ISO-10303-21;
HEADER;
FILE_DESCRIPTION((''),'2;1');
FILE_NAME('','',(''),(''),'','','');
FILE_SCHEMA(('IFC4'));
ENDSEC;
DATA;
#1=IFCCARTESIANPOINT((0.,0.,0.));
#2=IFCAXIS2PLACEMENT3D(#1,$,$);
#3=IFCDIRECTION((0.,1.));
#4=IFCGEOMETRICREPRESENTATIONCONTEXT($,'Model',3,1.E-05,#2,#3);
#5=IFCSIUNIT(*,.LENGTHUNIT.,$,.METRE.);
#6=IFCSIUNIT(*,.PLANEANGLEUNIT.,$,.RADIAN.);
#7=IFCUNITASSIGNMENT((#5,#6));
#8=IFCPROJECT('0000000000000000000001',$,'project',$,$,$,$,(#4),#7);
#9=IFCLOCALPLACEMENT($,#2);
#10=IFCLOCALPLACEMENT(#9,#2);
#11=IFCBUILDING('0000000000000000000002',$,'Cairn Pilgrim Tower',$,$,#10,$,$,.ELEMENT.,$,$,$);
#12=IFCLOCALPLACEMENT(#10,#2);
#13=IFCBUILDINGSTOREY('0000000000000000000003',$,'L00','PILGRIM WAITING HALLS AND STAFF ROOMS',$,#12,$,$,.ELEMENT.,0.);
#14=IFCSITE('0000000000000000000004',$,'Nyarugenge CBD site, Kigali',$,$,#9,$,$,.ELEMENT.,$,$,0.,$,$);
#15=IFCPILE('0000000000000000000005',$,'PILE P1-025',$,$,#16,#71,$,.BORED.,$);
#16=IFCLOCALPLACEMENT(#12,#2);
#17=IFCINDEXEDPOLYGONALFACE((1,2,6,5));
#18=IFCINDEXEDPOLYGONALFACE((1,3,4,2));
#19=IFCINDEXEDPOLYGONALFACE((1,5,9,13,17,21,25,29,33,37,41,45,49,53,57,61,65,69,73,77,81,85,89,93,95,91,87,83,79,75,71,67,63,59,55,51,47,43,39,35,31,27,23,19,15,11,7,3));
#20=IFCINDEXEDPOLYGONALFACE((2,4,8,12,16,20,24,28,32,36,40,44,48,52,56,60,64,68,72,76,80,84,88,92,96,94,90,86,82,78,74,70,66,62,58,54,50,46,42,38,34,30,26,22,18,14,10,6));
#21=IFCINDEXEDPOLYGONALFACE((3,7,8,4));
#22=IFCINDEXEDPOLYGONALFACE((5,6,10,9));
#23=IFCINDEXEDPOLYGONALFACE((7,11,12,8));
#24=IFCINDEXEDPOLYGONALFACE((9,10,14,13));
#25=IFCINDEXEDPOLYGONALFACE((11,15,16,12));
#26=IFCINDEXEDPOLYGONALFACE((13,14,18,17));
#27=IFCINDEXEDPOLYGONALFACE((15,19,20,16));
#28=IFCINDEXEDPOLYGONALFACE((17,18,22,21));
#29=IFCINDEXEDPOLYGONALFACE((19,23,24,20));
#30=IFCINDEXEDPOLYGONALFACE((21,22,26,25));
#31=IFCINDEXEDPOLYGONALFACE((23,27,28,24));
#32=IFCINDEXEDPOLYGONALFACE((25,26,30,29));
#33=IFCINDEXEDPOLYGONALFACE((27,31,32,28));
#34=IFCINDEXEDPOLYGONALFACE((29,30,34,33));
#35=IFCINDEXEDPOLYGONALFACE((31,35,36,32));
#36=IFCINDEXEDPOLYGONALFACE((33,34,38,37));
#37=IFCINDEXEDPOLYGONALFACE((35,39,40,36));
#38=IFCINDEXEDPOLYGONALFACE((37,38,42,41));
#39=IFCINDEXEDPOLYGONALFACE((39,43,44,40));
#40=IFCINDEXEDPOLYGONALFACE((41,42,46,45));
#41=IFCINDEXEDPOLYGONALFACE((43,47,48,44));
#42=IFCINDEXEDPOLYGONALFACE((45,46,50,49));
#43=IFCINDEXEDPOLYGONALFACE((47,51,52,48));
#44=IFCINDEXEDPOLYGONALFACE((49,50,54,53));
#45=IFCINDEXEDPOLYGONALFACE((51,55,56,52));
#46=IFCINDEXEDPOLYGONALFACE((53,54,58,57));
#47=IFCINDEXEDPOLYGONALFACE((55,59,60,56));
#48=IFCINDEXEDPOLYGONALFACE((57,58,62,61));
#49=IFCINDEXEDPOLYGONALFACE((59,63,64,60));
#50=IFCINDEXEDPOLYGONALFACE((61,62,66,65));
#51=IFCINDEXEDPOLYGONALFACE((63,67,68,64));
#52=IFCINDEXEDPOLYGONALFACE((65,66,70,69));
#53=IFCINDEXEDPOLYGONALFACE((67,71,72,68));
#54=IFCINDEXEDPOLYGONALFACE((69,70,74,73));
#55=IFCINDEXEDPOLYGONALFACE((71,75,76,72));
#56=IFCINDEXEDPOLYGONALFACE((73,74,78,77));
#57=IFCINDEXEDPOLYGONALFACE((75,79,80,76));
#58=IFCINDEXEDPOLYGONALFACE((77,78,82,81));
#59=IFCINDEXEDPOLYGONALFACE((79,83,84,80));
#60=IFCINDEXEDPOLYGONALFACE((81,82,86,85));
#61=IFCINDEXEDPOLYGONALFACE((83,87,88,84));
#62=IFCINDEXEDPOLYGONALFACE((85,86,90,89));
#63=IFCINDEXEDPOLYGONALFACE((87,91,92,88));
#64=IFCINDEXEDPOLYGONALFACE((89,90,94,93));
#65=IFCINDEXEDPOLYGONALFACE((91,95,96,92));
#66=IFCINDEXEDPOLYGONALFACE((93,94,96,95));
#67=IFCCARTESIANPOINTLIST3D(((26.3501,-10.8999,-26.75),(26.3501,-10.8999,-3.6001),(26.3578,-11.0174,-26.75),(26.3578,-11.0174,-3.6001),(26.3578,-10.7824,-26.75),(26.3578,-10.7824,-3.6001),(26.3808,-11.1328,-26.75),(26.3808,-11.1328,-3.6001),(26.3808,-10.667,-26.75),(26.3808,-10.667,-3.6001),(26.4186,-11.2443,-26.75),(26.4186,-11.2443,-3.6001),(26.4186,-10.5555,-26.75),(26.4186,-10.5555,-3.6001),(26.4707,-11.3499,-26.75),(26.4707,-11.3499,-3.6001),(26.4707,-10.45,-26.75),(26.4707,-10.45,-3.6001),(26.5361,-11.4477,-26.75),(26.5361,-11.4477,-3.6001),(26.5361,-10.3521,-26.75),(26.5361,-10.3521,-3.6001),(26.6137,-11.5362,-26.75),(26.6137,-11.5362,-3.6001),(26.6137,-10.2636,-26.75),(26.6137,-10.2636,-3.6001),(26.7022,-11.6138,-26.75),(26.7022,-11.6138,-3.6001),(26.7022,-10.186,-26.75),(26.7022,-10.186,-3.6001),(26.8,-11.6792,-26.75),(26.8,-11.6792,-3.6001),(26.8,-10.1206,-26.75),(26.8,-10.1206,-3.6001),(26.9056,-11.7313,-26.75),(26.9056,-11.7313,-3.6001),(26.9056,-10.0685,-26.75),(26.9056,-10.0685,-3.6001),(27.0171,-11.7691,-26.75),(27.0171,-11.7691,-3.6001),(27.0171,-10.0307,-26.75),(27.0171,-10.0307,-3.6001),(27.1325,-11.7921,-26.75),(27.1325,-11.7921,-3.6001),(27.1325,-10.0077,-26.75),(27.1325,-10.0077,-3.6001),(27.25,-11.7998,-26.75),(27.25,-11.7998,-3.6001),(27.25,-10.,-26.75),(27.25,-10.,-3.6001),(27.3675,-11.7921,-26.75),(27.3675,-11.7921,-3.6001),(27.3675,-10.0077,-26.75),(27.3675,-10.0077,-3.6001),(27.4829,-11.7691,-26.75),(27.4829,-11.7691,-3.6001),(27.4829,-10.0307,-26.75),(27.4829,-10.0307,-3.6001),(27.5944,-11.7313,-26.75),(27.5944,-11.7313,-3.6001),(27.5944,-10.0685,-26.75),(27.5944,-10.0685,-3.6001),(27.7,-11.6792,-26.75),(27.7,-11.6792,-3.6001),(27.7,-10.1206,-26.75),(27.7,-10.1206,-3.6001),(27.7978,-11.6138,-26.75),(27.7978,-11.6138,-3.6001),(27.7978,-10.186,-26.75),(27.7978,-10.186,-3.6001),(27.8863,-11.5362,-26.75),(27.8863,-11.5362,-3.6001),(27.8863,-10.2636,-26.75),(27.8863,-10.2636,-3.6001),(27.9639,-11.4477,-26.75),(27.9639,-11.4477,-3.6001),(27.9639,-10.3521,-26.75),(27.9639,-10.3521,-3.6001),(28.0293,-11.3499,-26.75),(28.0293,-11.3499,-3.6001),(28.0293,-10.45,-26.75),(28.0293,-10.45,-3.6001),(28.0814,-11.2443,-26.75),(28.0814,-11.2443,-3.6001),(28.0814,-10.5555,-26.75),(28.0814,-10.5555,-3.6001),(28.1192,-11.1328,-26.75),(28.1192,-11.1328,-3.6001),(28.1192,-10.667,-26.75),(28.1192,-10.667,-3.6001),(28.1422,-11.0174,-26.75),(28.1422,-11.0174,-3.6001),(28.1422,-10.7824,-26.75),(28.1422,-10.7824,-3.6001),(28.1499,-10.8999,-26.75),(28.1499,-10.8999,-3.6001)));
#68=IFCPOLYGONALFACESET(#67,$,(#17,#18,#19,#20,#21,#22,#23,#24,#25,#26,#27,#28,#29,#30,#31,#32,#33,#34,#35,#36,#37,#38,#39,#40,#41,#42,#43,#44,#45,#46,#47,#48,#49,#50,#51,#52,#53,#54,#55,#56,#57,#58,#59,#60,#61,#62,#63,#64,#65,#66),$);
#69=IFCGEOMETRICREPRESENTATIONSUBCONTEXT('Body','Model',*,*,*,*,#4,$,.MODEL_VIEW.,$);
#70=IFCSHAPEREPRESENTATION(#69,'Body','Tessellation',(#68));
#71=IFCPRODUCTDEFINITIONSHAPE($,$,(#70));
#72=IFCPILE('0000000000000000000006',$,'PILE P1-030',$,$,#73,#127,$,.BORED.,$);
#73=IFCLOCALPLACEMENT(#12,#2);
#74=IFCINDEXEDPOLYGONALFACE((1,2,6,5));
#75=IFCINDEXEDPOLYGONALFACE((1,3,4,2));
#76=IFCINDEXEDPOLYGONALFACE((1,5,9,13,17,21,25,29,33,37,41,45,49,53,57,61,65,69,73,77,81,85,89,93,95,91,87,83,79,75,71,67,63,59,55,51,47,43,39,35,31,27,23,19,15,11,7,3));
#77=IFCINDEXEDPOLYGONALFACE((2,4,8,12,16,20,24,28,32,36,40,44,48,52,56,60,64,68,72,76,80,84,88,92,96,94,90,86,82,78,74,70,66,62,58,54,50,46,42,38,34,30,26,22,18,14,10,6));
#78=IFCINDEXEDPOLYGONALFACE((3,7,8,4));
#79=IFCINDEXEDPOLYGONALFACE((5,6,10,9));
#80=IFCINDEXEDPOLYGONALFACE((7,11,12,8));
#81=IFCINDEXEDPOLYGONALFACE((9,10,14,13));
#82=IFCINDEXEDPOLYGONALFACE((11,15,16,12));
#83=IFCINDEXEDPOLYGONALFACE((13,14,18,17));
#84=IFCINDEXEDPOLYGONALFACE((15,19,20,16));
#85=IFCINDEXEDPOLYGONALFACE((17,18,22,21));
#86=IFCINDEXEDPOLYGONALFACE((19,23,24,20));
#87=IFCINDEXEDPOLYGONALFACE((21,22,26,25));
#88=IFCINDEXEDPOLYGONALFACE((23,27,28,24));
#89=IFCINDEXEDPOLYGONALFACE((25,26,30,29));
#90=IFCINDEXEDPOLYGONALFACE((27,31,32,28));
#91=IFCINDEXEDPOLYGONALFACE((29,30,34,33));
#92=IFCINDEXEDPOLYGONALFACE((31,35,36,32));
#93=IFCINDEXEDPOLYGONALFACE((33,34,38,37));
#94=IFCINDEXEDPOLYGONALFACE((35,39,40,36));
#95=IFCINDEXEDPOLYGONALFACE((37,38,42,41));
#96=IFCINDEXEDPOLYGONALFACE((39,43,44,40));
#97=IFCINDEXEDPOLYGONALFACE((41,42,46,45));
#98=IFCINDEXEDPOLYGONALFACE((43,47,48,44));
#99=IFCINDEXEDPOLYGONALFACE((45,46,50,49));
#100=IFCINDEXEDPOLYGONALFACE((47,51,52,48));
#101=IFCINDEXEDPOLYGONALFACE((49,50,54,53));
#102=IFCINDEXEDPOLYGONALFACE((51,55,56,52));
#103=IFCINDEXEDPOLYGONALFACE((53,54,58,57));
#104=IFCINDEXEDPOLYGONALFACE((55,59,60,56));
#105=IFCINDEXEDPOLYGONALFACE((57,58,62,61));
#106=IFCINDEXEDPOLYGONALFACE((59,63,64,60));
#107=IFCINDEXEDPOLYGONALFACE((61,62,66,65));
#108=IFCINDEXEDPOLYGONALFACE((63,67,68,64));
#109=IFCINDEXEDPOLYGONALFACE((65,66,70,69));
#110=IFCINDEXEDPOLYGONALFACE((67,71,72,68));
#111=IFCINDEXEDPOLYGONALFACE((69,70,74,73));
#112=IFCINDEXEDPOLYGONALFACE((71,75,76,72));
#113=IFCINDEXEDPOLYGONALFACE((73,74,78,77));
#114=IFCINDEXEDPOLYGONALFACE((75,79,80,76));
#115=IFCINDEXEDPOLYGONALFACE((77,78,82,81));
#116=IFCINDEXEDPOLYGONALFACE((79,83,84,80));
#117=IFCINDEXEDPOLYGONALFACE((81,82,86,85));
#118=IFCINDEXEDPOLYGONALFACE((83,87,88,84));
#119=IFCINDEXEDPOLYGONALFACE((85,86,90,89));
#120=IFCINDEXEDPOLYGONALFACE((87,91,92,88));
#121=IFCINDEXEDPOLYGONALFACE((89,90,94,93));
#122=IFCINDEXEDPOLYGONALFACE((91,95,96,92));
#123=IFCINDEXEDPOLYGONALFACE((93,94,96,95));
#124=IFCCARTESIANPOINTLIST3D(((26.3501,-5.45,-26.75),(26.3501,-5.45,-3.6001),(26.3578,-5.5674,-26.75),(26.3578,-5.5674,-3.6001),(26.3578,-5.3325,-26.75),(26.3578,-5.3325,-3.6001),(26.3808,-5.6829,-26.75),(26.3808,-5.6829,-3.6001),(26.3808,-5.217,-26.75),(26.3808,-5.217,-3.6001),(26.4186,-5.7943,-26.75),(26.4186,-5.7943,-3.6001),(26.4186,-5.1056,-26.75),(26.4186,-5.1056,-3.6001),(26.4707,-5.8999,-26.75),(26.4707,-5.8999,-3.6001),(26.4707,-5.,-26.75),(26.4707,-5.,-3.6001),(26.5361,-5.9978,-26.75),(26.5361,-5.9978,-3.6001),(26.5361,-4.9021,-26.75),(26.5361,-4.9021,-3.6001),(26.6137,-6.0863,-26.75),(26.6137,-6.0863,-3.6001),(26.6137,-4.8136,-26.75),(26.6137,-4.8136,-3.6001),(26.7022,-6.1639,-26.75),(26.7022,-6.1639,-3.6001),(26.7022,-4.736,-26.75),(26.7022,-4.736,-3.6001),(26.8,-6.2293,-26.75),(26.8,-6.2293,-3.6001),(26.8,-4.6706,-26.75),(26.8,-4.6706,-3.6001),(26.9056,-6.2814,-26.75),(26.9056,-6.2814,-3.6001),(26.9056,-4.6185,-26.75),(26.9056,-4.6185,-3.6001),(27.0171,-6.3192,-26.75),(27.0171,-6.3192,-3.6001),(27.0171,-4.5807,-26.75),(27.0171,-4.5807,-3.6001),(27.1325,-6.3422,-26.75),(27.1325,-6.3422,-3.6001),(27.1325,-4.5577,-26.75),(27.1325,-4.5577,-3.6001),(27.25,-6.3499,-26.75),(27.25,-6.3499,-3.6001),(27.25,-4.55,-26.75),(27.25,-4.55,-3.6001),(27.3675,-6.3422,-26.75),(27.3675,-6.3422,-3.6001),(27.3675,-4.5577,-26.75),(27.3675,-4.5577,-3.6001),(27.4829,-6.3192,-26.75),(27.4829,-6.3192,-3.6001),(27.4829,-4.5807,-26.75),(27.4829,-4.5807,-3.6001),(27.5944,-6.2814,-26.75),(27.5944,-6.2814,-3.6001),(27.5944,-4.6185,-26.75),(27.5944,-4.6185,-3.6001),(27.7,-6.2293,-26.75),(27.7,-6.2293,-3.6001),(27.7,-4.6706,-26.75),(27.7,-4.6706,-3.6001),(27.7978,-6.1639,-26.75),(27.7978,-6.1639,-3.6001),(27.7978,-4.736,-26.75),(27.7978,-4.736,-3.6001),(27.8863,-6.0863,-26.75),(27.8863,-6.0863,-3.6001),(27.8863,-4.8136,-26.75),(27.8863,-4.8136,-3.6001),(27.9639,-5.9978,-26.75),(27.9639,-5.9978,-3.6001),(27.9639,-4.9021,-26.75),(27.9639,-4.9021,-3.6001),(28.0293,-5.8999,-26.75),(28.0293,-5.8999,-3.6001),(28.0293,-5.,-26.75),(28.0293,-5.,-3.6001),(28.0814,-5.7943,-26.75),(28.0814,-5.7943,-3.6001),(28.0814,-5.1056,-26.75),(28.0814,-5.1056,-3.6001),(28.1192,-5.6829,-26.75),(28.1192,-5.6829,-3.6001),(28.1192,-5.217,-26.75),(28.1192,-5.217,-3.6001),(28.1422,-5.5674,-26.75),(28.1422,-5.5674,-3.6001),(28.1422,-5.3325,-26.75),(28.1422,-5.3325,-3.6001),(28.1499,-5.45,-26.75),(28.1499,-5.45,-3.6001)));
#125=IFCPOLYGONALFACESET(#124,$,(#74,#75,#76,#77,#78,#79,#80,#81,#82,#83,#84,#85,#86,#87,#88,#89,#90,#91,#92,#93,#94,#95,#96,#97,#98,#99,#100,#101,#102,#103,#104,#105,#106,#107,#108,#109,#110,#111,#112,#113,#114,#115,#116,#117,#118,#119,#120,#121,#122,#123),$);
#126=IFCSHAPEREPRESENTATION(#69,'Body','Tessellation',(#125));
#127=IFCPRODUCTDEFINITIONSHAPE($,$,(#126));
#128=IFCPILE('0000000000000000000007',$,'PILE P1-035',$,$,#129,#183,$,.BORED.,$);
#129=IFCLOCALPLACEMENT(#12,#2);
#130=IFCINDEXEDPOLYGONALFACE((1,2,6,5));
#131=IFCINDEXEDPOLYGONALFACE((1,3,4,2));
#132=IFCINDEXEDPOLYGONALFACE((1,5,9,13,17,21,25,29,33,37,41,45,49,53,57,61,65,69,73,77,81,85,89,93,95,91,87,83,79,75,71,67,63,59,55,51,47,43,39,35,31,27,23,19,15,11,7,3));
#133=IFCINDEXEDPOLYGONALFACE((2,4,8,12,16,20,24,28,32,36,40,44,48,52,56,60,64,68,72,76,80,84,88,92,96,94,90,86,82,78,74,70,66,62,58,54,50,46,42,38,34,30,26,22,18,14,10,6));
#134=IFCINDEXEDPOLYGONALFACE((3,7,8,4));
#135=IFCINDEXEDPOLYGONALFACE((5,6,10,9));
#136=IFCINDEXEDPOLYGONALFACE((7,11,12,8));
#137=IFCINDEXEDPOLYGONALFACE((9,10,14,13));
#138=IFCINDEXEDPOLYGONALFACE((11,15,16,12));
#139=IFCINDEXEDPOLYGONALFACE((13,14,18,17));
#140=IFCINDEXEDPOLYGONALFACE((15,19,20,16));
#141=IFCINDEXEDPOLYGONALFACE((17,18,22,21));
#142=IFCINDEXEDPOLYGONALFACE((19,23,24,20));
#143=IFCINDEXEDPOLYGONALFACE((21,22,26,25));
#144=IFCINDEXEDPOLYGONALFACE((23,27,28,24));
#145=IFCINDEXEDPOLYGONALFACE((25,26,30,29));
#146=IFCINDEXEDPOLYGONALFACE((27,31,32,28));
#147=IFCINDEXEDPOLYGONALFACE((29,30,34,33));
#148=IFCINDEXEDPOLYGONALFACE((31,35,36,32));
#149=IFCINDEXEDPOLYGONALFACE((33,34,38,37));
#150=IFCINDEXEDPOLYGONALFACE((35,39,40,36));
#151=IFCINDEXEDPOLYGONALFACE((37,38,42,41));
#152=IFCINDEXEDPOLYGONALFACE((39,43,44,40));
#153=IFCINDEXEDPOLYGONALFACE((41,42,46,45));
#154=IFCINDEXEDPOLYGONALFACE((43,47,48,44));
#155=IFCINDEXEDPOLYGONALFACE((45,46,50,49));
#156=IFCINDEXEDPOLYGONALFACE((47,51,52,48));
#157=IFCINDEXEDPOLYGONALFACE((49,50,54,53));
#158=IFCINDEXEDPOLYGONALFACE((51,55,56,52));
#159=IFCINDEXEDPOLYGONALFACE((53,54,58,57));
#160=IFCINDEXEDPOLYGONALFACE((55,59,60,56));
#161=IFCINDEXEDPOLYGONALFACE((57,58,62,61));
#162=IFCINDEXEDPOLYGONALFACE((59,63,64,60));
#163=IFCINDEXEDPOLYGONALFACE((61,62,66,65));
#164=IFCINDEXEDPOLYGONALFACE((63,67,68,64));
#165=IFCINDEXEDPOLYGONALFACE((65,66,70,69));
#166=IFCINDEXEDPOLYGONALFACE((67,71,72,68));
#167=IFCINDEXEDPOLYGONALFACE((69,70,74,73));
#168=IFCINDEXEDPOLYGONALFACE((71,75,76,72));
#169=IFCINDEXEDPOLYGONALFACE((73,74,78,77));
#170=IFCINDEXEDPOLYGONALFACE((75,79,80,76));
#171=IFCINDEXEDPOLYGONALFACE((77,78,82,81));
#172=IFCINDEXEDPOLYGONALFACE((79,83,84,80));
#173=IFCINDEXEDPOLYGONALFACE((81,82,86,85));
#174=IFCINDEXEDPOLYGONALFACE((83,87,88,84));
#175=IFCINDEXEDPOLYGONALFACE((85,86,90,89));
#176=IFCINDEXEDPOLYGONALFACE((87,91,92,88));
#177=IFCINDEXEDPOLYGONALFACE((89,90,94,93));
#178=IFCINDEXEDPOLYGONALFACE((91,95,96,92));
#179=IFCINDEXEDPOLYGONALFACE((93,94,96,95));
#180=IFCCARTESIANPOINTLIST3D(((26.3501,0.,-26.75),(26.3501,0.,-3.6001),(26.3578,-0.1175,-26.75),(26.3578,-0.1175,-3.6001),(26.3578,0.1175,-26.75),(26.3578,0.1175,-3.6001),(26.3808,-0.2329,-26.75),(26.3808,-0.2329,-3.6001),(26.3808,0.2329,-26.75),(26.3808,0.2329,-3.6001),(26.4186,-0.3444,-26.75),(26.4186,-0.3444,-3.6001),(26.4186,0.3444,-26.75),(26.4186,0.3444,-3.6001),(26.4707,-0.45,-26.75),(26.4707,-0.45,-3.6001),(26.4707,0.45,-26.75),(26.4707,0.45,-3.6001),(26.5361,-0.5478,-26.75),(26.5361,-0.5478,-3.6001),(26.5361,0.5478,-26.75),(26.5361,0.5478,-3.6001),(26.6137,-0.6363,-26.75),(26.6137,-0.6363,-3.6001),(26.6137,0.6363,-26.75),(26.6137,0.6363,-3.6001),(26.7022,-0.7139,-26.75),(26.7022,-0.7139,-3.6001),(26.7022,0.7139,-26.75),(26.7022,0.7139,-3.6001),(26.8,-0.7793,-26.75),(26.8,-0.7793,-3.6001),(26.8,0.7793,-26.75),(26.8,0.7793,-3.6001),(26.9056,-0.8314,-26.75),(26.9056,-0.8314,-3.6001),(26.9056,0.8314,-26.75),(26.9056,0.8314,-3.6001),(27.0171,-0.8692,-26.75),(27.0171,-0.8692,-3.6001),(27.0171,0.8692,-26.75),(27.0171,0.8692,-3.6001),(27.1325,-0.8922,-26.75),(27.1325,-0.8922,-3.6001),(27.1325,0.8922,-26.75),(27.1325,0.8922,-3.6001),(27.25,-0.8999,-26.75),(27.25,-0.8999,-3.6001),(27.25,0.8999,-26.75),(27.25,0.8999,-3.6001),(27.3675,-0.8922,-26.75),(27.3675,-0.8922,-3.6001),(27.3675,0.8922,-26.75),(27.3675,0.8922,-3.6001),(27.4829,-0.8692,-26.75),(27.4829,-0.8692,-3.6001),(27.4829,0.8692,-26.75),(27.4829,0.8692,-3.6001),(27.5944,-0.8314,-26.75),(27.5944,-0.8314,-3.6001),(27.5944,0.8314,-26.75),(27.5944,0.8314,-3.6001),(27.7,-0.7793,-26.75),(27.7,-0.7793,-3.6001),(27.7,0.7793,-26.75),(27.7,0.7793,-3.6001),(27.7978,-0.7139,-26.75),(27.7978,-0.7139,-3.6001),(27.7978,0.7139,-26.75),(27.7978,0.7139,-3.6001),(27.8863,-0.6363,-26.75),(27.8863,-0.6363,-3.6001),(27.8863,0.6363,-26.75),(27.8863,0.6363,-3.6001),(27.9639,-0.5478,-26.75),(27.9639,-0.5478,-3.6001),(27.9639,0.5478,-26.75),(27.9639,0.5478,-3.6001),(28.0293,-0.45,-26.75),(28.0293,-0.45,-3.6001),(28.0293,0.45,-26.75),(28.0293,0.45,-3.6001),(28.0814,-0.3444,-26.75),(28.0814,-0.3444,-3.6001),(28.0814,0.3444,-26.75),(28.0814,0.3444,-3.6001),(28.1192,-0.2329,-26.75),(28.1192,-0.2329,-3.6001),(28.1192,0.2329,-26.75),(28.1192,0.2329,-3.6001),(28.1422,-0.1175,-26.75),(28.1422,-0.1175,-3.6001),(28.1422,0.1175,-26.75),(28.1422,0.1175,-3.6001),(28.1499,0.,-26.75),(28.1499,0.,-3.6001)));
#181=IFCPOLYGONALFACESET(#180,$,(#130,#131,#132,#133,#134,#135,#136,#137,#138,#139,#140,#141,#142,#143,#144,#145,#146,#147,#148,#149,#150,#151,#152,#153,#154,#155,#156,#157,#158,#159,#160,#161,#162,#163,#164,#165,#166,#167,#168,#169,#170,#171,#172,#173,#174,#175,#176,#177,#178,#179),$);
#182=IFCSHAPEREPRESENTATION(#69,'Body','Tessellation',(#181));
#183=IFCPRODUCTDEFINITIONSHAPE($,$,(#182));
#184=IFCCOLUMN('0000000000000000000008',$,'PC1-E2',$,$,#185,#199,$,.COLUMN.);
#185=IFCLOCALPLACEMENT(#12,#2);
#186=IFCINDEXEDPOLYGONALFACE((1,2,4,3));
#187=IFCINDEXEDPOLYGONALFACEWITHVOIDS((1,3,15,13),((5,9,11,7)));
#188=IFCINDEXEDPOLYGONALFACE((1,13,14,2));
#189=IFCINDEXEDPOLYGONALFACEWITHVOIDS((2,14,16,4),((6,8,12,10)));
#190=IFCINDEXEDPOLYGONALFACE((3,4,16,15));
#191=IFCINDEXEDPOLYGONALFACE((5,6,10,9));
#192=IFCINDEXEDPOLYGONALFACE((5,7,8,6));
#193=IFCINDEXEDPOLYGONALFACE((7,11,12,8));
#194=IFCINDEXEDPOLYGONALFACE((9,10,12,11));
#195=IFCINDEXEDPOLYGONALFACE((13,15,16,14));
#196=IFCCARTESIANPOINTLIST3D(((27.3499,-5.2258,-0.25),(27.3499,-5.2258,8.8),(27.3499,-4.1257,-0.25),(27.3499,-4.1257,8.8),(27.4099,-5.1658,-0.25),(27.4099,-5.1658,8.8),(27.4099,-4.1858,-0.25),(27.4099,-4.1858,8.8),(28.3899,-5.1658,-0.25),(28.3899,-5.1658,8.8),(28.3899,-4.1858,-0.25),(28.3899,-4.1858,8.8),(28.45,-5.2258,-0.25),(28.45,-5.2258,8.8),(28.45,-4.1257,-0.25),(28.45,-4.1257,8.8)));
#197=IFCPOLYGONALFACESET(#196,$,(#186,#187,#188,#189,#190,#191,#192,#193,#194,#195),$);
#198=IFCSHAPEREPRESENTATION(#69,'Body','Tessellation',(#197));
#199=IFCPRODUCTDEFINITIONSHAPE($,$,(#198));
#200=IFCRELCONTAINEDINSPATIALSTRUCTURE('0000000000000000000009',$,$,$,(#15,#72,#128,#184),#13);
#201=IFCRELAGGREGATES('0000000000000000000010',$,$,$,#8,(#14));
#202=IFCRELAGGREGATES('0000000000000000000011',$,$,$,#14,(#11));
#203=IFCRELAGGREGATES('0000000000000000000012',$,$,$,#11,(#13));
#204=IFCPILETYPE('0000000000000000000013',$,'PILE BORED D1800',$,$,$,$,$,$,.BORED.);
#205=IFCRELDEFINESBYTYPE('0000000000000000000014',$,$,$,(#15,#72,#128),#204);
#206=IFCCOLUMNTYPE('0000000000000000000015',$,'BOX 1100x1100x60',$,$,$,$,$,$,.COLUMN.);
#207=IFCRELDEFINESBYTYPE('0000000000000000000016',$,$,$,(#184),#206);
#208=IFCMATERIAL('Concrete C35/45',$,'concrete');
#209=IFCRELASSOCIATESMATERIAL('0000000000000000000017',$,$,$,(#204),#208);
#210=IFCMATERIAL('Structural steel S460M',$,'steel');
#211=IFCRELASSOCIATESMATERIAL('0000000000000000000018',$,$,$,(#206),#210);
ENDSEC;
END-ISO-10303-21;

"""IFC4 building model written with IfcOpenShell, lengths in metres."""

from ifc_helpers import new_model, si_unit, direction, frame, origin, origin_2d, place, context, subcontext, project, spatial, hollow_rectangle, circle, extrude, material, material_profile, profile_set, type_object, element, save


model = new_model("IFC4")

# Units and contexts
model_context = context("Model", 3, precision=1e-05, world=origin(), true_north=direction((0.0, 1.0)))
body_context = subcontext(model_context, "Body", "Model", "MODEL_VIEW")
ifc_project = project(units=[si_unit("LENGTHUNIT", "METRE"), si_unit("PLANEANGLEUNIT", "RADIAN")], contexts=[model_context])

# Site, building, storey
site_placement = place(None, origin())
site = spatial("IfcSite", under=ifc_project, at=site_placement, Name="Nyarugenge CBD site, Kigali", CompositionType="ELEMENT", RefElevation=0.0)
building_placement = place(site_placement, origin())
building = spatial("IfcBuilding", under=site, at=building_placement, Name="Cairn Pilgrim Tower", CompositionType="ELEMENT")
storey_placement = place(building_placement, origin())
storey = spatial("IfcBuildingStorey", under=building, at=storey_placement, Name="L00", Description="PILGRIM WAITING HALLS AND STAFF ROOMS", CompositionType="ELEMENT", Elevation=0.0)

# Piles
ifc_material_1 = material(Name="Concrete C35/45", Category="concrete")
ifc_material_profile_1 = material_profile(ifc_material_1, circle(Radius=0.8999, at=origin_2d()), Name="D1800")
ifc_profile_set_1 = profile_set([ifc_material_profile_1], Name="Concrete C35/45")
pile_type = type_object("IfcPileType", Name="PILE BORED D1800", PredefinedType="BORED", material=ifc_profile_set_1)
for number, where, z_axis, x_axis, name in (
    (1, (27.25, -10.8999, -3.6001), (0.0, 0.0, -1.0), (1.0, 0.0, 0.0), "PILE P1-025"),
    (2, (27.25, -5.45, -3.6001), (0.0, 0.0, -1.0), (1.0, 0.0, 0.0), "PILE P1-030"),
    (3, (27.25, 0.0, -3.6001), (0.0, 0.0, -1.0), (1.0, 0.0, 0.0), "PILE P1-035"),
):
    element("IfcPile", number, at=place(storey_placement, frame(where, z_axis=z_axis, x_axis=x_axis)), inside=storey, type_object=pile_type, Name=name, PredefinedType="BORED", context=body_context, shape_type="SweptSolid", body=[
        extrude(circle(Radius=0.8999, at=origin_2d()), origin(), (0.0, 0.0, 1.0), 23.1499),
    ])

# Column
ifc_material_2 = material(Name="Structural steel S460M", Category="steel")
ifc_material_profile_2 = material_profile(ifc_material_2, hollow_rectangle(XDim=1.1001, YDim=1.1001, WallThickness=0.0601, at=origin_2d()), Name="BOX 1100x1100x60")
ifc_profile_set_2 = profile_set([ifc_material_profile_2], Name="Structural steel S460M")
column_type_1 = type_object("IfcColumnType", Name="BOX 1100x1100x60", PredefinedType="COLUMN", material=ifc_profile_set_2)
column_1_placement = place(storey_placement, frame((27.8999, -4.6758, -0.25), z_axis=(0.0, 0.0, 1.0), x_axis=(1.0, 0.0, 0.0)))
element("IfcColumn", 4, at=column_1_placement, inside=storey, type_object=column_type_1, Name="PC1-E2", PredefinedType="COLUMN", context=body_context, shape_type="SweptSolid", body=[
    extrude(hollow_rectangle(XDim=1.1001, YDim=1.1001, WallThickness=0.0601, at=origin_2d()), origin(), (0.0, 0.0, 1.0), 9.05),
])

save(model, "model.ifc")
